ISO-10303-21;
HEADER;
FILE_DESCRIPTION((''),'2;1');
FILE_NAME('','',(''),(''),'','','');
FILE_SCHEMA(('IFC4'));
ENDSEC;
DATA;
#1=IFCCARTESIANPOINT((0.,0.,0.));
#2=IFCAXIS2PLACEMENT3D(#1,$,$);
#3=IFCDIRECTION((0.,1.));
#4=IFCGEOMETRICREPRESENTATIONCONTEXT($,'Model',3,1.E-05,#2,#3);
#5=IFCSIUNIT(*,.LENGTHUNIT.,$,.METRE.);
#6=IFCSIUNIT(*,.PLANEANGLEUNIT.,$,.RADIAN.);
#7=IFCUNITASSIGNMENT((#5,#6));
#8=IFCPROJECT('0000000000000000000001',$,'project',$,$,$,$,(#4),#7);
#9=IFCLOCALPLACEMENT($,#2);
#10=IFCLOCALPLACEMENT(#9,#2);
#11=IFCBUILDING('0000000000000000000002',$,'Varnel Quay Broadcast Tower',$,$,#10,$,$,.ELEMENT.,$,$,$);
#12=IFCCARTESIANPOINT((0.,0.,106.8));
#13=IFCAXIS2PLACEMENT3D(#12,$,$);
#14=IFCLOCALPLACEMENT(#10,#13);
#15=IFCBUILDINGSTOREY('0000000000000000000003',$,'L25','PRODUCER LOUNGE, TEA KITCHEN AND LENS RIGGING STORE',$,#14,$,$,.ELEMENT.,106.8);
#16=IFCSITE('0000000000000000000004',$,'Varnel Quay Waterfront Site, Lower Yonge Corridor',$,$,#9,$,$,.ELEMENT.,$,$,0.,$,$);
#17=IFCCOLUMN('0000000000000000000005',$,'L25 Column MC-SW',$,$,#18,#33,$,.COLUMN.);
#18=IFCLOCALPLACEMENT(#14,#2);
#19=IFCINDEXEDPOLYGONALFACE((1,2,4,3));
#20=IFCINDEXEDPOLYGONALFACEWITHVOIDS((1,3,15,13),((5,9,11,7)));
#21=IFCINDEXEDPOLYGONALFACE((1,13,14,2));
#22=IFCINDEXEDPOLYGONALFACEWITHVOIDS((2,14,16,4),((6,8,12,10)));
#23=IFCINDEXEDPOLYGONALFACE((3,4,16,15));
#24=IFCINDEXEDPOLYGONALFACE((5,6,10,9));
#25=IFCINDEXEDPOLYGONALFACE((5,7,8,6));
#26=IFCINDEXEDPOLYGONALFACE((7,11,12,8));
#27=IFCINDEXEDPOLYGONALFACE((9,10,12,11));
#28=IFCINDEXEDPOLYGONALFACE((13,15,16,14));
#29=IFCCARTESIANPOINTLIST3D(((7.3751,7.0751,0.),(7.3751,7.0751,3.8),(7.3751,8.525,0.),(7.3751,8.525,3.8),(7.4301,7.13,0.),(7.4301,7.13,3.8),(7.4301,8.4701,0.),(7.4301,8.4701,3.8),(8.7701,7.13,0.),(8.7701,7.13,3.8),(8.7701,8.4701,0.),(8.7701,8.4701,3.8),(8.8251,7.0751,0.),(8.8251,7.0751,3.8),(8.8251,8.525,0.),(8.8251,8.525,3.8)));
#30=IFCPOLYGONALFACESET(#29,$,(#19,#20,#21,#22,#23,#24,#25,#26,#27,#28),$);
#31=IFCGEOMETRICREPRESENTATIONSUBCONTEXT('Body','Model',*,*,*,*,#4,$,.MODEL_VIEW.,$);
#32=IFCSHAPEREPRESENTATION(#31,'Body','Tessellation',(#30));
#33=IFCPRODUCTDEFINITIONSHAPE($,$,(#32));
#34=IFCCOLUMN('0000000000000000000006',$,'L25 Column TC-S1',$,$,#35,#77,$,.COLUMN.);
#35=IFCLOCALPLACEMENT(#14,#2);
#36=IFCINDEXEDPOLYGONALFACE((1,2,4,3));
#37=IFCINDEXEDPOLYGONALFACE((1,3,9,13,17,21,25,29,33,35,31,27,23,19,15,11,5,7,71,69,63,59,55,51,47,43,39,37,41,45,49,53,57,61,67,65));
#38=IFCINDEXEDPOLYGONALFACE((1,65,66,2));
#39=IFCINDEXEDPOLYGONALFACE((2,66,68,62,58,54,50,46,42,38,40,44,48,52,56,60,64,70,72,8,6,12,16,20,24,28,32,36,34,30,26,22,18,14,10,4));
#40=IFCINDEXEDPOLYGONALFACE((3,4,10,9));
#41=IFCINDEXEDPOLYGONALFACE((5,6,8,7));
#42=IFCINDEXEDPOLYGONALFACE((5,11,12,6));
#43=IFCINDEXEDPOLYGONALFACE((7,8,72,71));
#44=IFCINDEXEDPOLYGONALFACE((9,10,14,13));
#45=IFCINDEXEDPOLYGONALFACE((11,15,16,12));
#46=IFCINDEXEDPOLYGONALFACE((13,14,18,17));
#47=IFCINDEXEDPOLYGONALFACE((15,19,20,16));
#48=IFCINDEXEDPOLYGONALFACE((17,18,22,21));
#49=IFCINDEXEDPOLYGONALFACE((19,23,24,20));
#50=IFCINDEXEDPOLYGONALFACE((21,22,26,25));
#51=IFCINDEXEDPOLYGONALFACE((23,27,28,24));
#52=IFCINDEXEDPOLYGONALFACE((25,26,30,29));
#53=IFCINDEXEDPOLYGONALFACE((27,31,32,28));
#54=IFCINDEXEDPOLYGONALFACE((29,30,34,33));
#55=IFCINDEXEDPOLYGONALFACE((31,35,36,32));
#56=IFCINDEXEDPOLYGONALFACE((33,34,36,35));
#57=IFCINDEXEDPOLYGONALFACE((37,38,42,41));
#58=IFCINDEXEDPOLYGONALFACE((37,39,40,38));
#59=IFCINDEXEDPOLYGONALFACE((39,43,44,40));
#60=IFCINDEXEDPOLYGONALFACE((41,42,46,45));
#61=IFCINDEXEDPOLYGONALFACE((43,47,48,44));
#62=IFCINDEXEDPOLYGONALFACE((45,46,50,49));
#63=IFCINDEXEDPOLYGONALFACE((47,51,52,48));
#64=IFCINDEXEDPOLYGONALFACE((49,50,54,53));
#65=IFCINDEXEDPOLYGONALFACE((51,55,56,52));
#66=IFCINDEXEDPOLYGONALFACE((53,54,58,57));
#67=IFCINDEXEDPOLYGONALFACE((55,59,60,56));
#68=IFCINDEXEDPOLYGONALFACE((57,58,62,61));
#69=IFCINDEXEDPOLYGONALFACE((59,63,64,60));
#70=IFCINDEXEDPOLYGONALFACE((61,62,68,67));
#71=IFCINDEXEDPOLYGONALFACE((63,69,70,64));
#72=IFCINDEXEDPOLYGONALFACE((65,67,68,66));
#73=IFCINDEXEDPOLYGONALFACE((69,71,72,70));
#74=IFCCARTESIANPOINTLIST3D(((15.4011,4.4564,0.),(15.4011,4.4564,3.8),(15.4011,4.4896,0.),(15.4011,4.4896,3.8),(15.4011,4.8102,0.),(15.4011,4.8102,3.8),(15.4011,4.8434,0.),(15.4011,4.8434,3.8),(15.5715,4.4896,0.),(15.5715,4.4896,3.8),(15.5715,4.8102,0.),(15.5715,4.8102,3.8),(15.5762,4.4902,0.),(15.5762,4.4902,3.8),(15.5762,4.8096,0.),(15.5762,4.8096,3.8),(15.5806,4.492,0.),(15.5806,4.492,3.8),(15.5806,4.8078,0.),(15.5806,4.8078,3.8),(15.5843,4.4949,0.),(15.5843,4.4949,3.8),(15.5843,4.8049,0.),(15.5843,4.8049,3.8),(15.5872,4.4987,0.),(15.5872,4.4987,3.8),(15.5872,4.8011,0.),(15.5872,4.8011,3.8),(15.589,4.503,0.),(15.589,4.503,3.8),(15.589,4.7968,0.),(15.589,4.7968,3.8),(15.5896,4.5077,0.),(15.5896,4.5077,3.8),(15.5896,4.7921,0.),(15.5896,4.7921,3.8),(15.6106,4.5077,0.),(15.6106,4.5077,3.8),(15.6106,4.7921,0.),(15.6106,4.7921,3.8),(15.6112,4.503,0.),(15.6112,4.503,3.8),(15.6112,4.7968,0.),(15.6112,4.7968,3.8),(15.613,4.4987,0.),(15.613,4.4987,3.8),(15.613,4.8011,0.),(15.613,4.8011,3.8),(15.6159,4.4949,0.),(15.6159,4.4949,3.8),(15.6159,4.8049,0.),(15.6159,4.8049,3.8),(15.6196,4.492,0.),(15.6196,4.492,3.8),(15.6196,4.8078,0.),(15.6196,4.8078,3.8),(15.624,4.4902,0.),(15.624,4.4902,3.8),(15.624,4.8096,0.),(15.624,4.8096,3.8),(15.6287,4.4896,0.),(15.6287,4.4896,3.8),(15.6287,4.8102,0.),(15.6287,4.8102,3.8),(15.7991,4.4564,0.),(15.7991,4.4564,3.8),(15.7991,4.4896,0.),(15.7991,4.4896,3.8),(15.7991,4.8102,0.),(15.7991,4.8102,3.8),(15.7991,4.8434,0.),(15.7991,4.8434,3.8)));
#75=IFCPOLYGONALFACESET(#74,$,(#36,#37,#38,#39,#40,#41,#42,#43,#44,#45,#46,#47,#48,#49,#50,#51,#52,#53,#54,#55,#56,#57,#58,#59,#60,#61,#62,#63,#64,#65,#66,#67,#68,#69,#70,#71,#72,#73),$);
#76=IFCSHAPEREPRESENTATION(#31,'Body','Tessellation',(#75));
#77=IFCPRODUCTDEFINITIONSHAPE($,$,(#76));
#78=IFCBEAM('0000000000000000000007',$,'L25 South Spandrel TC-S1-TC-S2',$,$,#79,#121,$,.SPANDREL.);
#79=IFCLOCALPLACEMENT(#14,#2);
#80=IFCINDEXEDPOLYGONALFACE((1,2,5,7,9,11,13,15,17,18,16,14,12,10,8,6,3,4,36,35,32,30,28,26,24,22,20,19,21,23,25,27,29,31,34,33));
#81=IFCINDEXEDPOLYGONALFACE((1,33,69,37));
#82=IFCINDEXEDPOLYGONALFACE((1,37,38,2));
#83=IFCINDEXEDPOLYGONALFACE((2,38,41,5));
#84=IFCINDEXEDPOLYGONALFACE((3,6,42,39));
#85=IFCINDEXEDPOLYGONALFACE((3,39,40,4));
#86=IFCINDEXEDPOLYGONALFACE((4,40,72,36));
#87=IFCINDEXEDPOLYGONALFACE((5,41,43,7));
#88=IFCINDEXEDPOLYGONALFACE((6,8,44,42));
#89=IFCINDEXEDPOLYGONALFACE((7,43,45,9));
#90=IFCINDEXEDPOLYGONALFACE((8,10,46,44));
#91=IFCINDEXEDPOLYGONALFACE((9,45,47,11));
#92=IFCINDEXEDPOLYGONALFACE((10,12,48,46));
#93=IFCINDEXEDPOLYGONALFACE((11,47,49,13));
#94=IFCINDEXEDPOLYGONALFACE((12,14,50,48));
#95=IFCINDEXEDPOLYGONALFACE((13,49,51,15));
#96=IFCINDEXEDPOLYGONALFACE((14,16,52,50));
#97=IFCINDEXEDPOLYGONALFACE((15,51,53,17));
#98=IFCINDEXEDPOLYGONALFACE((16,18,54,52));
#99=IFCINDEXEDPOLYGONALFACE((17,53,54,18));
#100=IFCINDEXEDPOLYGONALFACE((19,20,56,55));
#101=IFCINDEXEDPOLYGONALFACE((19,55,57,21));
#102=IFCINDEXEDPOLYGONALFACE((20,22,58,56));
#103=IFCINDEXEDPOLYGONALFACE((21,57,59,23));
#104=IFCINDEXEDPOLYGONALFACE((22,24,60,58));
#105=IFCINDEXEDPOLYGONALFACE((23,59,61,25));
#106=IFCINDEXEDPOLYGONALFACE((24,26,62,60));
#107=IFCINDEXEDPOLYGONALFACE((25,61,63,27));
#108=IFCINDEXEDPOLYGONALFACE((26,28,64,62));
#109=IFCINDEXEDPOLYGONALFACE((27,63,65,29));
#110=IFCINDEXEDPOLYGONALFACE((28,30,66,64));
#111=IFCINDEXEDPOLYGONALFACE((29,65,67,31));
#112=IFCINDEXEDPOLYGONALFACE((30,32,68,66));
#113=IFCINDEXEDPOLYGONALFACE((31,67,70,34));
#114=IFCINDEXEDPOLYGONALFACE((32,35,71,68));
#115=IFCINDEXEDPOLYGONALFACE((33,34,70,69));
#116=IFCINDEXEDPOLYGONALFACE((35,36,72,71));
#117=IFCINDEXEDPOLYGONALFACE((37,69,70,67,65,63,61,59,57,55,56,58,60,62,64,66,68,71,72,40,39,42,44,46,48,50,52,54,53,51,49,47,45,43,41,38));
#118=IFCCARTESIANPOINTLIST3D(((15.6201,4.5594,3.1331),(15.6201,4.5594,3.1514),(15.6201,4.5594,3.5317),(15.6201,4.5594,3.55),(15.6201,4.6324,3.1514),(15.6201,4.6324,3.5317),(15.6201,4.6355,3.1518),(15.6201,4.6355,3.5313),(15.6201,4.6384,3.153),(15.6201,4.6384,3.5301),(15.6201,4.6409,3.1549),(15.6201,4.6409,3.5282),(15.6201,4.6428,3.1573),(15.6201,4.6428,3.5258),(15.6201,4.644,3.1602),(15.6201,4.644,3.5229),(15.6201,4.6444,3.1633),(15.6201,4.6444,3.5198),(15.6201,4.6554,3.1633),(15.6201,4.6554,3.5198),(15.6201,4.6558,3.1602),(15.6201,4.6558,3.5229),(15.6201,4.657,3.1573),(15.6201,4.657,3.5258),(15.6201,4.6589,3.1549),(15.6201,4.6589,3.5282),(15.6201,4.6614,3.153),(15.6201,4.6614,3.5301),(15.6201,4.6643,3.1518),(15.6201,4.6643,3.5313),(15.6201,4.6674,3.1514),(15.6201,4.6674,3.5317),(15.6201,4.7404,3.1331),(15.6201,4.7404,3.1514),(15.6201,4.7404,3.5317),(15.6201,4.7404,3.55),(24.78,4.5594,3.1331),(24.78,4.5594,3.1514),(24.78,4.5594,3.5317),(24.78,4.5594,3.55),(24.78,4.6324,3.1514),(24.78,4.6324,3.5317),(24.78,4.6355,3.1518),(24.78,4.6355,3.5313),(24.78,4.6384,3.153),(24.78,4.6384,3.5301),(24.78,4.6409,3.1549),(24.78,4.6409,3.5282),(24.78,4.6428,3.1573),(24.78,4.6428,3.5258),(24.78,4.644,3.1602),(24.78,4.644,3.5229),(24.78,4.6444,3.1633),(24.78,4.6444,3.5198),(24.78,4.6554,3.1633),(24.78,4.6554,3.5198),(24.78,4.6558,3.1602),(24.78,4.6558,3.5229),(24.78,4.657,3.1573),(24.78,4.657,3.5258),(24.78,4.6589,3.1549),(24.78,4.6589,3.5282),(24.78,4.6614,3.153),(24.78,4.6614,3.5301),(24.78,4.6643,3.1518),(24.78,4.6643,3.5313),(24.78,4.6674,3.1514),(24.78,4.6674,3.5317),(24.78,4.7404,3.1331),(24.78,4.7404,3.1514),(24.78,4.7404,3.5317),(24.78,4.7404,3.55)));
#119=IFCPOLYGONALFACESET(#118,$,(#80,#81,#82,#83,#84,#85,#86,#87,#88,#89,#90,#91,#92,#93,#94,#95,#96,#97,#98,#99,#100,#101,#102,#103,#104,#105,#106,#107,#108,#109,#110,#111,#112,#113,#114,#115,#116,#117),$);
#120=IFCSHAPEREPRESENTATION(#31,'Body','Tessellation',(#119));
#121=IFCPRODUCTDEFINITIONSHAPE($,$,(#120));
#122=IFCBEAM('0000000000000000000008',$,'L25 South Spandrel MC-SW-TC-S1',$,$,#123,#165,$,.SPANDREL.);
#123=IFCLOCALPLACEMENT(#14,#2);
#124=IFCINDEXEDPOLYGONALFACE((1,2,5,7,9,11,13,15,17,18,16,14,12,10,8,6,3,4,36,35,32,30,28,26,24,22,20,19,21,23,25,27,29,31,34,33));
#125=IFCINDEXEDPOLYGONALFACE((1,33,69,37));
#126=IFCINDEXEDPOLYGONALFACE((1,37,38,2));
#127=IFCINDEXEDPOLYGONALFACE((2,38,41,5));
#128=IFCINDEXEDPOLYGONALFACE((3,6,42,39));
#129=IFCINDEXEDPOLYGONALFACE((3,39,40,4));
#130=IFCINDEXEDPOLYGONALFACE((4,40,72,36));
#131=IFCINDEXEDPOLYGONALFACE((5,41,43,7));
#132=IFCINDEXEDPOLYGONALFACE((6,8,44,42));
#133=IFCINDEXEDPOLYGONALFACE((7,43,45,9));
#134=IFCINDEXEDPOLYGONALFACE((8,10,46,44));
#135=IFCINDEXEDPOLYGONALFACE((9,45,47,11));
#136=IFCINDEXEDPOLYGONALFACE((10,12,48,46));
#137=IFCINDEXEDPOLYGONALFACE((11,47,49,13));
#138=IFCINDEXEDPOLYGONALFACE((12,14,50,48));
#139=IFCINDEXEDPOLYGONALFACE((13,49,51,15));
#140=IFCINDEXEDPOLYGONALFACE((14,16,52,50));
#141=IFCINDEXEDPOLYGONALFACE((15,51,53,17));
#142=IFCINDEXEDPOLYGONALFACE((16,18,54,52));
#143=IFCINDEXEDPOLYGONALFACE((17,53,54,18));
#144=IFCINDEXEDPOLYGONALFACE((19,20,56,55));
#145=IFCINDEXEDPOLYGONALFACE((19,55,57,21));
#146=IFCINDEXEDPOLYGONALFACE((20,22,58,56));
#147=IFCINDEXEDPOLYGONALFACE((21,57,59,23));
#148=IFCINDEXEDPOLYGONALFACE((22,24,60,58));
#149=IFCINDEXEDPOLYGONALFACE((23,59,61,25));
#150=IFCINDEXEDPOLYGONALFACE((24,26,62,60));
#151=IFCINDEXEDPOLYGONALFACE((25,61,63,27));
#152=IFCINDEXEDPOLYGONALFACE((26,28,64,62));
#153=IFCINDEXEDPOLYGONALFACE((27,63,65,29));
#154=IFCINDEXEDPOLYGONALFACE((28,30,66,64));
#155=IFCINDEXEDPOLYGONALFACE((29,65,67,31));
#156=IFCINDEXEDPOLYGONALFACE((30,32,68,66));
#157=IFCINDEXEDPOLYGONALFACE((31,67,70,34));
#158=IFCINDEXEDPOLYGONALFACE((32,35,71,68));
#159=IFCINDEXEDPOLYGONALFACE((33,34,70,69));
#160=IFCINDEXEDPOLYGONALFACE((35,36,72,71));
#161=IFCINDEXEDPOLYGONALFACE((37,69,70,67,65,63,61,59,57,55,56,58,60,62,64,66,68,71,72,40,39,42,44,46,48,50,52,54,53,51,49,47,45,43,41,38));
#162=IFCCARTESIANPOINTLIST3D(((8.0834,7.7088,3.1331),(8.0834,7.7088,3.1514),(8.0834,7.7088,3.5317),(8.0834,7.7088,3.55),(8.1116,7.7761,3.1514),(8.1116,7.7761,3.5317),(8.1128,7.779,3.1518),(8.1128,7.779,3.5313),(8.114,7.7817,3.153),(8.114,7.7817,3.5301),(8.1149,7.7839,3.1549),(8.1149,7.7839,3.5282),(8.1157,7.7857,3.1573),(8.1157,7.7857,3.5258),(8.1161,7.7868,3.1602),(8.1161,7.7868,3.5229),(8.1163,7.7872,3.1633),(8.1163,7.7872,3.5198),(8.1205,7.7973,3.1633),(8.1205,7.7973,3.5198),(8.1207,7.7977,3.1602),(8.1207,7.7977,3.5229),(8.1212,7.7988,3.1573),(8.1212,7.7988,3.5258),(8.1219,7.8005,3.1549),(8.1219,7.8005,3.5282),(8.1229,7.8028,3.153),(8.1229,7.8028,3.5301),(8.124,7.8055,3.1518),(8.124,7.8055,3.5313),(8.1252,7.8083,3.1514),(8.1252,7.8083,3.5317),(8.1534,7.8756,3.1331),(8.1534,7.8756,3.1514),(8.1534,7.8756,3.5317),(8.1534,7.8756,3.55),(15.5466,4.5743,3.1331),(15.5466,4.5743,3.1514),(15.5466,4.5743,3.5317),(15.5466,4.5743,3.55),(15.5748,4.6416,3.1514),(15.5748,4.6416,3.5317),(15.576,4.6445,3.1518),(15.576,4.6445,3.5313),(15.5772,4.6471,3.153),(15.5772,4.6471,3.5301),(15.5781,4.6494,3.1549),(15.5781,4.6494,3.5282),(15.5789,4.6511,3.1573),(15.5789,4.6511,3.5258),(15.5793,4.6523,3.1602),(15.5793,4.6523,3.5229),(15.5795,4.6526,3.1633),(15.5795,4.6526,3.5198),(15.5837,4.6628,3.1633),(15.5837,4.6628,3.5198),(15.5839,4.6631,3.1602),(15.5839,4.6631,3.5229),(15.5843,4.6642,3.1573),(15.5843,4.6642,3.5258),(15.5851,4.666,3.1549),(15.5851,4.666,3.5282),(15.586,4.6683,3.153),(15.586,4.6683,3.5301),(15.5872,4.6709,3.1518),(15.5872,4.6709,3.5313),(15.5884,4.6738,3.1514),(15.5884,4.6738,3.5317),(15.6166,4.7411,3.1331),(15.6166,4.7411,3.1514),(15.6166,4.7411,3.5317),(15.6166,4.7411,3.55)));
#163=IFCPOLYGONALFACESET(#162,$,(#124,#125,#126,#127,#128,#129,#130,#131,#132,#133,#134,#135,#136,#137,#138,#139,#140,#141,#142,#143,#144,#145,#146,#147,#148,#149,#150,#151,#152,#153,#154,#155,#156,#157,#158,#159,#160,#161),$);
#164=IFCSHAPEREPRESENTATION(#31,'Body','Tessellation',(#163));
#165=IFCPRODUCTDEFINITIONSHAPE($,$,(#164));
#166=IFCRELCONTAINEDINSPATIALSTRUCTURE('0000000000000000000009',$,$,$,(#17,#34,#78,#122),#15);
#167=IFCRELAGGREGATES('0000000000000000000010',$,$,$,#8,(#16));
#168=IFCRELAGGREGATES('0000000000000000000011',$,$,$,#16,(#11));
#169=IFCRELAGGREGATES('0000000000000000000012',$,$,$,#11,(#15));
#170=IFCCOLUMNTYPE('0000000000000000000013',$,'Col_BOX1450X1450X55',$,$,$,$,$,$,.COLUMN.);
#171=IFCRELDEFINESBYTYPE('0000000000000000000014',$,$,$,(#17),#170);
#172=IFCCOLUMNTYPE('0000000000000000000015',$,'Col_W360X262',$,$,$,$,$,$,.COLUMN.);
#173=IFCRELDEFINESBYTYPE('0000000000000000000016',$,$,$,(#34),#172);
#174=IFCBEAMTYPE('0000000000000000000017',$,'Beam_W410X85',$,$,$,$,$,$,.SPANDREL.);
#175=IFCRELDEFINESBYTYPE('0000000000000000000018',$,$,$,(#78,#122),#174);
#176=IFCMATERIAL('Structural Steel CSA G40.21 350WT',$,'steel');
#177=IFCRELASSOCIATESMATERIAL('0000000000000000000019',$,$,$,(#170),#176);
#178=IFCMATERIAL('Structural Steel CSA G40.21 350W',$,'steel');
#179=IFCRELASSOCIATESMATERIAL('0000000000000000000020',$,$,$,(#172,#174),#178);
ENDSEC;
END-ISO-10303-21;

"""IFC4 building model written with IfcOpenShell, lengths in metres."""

from ifc_helpers import new_model, si_unit, direction, frame, origin, origin_2d, place, context, subcontext, project, spatial, hollow_rectangle, i_section, extrude, source, transform, mapped, material, material_profile, profile_set, type_object, type_shapes, element, save


model = new_model("IFC4")

# Units and contexts
model_context = context("Model", 3, precision=1e-05, world=origin(), true_north=direction((0.0, 1.0)))
body_context = subcontext(model_context, "Body", "Model", "MODEL_VIEW")
ifc_project = project(units=[si_unit("LENGTHUNIT", "METRE"), si_unit("PLANEANGLEUNIT", "RADIAN")], contexts=[model_context])

# Site, building, storey
site_placement = place(None, origin())
site = spatial("IfcSite", under=ifc_project, at=site_placement, Name="Varnel Quay Waterfront Site, Lower Yonge Corridor", CompositionType="ELEMENT", RefElevation=0.0)
building_placement = place(site_placement, origin())
building = spatial("IfcBuilding", under=site, at=building_placement, Name="Varnel Quay Broadcast Tower", CompositionType="ELEMENT")
storey_placement = place(building_placement, frame((0.0, 0.0, 106.8)))
storey = spatial("IfcBuildingStorey", under=building, at=storey_placement, Name="L25", Description="PRODUCER LOUNGE, TEA KITCHEN AND LENS RIGGING STORE", CompositionType="ELEMENT", Elevation=106.8)

# Columns
ifc_material_1 = material(Name="Structural Steel CSA G40.21 350WT", Category="steel")
ifc_material_profile_1 = material_profile(ifc_material_1, hollow_rectangle(XDim=1.45, YDim=1.45, WallThickness=0.0549, at=origin_2d()), Name="BOX1450X1450X55")
ifc_profile_set_1 = profile_set([ifc_material_profile_1], Name="Structural Steel CSA G40.21 350WT")
column_type_1 = type_object("IfcColumnType", Name="Col_BOX1450X1450X55", PredefinedType="COLUMN", material=ifc_profile_set_1)
shared_shape_1 = source(origin(), body_context, "Body", "SweptSolid", [
    extrude(hollow_rectangle(XDim=1.45, YDim=1.45, WallThickness=0.0549, at=origin_2d()), origin(), (0.0, 0.0, 1.0), 3.8),
])
type_shapes(column_type_1, [shared_shape_1])
column_1_placement = place(storey_placement, frame((8.1001, 7.8, 0.0), z_axis=(0.0, 0.0, 1.0), x_axis=(1.0, 0.0, 0.0)))
element("IfcColumn", 1, at=column_1_placement, inside=storey, type_object=column_type_1, Name="L25 Column MC-SW", PredefinedType="COLUMN", context=body_context, shape_type="MappedRepresentation", body=[
    mapped(shared_shape_1, transform((0.0, 0.0, 0.0), x_axis=(1.0, 0.0, 0.0), y_axis=(0.0, 1.0, 0.0), z_axis=(0.0, 0.0, 1.0), scale=1.0)),
])
ifc_material_2 = material(Name="Structural Steel CSA G40.21 350W", Category="steel")
ifc_material_profile_2 = material_profile(ifc_material_2, i_section(OverallWidth=0.3979, OverallDepth=0.387, WebThickness=0.021, FlangeThickness=0.0332, FilletRadius=0.0181, at=origin_2d()), Name="W360X262")
ifc_profile_set_2 = profile_set([ifc_material_profile_2], Name="Structural Steel CSA G40.21 350W")
column_type_2 = type_object("IfcColumnType", Name="Col_W360X262", PredefinedType="COLUMN", material=ifc_profile_set_2)
shared_shape_2 = source(origin(), body_context, "Body", "SweptSolid", [
    extrude(i_section(OverallWidth=0.3979, OverallDepth=0.387, WebThickness=0.021, FlangeThickness=0.0332, FilletRadius=0.0181, at=origin_2d()), origin(), (0.0, 0.0, 1.0), 3.8),
])
type_shapes(column_type_2, [shared_shape_2])
column_2_placement = place(storey_placement, frame((15.6001, 4.6499, 0.0), z_axis=(0.0, 0.0, 1.0), x_axis=(1.0, 0.0, 0.0)))
element("IfcColumn", 2, at=column_2_placement, inside=storey, type_object=column_type_2, Name="L25 Column TC-S1", PredefinedType="COLUMN", context=body_context, shape_type="MappedRepresentation", body=[
    mapped(shared_shape_2, transform((0.0, 0.0, 0.0), x_axis=(1.0, 0.0, 0.0), y_axis=(0.0, 1.0, 0.0), z_axis=(0.0, 0.0, 1.0), scale=1.0)),
])

# Beams
ifc_material_profile_3 = material_profile(ifc_material_2, i_section(OverallWidth=0.1809, OverallDepth=0.417, WebThickness=0.011, FlangeThickness=0.0183, FilletRadius=0.012, at=origin_2d()), Name="W410X85")
ifc_profile_set_3 = profile_set([ifc_material_profile_3], Name="Structural Steel CSA G40.21 350W")
beam_type = type_object("IfcBeamType", Name="Beam_W410X85", PredefinedType="SPANDREL", material=ifc_profile_set_3)
shared_shape_3 = source(origin(), body_context, "Body", "SweptSolid", [
    extrude(i_section(OverallWidth=0.1809, OverallDepth=0.417, WebThickness=0.011, FlangeThickness=0.0183, FilletRadius=0.012, at=origin_2d()), origin(), (0.0, 0.0, 1.0), 9.1599),
])
beam_1_placement = place(storey_placement, frame((15.6201, 4.6499, 3.3416), z_axis=(1.0, 0.0, 0.0), x_axis=(0.0, 1.0, 0.0)))
element("IfcBeam", 3, at=beam_1_placement, inside=storey, type_object=beam_type, Name="L25 South Spandrel TC-S1-TC-S2", PredefinedType="SPANDREL", context=body_context, shape_type="MappedRepresentation", body=[
    mapped(shared_shape_3, transform((0.0, 0.0, 0.0), x_axis=(1.0, 0.0, 0.0), y_axis=(0.0, 1.0, 0.0), z_axis=(0.0, 0.0, 1.0), scale=1.0)),
])
shared_shape_4 = source(origin(), body_context, "Body", "SweptSolid", [
    extrude(i_section(OverallWidth=0.1809, OverallDepth=0.417, WebThickness=0.011, FlangeThickness=0.0183, FilletRadius=0.012, at=origin_2d()), origin(), (0.0, 0.0, 1.0), 8.0947),
])
type_shapes(beam_type, [shared_shape_3, shared_shape_4])
beam_2_placement = place(storey_placement, frame((8.1184, 7.7922, 3.3416), z_axis=(0.921982, -0.387233, 0.0), x_axis=(0.387233, 0.921982, 0.0)))
element("IfcBeam", 4, at=beam_2_placement, inside=storey, type_object=beam_type, Name="L25 South Spandrel MC-SW-TC-S1", PredefinedType="SPANDREL", context=body_context, shape_type="MappedRepresentation", body=[
    mapped(shared_shape_4, transform((0.0, 0.0, 0.0), x_axis=(1.0, 0.0, 0.0), y_axis=(0.0, 1.0, 0.0), z_axis=(0.0, 0.0, 1.0), scale=1.0)),
])

save(model, "model.ifc")
